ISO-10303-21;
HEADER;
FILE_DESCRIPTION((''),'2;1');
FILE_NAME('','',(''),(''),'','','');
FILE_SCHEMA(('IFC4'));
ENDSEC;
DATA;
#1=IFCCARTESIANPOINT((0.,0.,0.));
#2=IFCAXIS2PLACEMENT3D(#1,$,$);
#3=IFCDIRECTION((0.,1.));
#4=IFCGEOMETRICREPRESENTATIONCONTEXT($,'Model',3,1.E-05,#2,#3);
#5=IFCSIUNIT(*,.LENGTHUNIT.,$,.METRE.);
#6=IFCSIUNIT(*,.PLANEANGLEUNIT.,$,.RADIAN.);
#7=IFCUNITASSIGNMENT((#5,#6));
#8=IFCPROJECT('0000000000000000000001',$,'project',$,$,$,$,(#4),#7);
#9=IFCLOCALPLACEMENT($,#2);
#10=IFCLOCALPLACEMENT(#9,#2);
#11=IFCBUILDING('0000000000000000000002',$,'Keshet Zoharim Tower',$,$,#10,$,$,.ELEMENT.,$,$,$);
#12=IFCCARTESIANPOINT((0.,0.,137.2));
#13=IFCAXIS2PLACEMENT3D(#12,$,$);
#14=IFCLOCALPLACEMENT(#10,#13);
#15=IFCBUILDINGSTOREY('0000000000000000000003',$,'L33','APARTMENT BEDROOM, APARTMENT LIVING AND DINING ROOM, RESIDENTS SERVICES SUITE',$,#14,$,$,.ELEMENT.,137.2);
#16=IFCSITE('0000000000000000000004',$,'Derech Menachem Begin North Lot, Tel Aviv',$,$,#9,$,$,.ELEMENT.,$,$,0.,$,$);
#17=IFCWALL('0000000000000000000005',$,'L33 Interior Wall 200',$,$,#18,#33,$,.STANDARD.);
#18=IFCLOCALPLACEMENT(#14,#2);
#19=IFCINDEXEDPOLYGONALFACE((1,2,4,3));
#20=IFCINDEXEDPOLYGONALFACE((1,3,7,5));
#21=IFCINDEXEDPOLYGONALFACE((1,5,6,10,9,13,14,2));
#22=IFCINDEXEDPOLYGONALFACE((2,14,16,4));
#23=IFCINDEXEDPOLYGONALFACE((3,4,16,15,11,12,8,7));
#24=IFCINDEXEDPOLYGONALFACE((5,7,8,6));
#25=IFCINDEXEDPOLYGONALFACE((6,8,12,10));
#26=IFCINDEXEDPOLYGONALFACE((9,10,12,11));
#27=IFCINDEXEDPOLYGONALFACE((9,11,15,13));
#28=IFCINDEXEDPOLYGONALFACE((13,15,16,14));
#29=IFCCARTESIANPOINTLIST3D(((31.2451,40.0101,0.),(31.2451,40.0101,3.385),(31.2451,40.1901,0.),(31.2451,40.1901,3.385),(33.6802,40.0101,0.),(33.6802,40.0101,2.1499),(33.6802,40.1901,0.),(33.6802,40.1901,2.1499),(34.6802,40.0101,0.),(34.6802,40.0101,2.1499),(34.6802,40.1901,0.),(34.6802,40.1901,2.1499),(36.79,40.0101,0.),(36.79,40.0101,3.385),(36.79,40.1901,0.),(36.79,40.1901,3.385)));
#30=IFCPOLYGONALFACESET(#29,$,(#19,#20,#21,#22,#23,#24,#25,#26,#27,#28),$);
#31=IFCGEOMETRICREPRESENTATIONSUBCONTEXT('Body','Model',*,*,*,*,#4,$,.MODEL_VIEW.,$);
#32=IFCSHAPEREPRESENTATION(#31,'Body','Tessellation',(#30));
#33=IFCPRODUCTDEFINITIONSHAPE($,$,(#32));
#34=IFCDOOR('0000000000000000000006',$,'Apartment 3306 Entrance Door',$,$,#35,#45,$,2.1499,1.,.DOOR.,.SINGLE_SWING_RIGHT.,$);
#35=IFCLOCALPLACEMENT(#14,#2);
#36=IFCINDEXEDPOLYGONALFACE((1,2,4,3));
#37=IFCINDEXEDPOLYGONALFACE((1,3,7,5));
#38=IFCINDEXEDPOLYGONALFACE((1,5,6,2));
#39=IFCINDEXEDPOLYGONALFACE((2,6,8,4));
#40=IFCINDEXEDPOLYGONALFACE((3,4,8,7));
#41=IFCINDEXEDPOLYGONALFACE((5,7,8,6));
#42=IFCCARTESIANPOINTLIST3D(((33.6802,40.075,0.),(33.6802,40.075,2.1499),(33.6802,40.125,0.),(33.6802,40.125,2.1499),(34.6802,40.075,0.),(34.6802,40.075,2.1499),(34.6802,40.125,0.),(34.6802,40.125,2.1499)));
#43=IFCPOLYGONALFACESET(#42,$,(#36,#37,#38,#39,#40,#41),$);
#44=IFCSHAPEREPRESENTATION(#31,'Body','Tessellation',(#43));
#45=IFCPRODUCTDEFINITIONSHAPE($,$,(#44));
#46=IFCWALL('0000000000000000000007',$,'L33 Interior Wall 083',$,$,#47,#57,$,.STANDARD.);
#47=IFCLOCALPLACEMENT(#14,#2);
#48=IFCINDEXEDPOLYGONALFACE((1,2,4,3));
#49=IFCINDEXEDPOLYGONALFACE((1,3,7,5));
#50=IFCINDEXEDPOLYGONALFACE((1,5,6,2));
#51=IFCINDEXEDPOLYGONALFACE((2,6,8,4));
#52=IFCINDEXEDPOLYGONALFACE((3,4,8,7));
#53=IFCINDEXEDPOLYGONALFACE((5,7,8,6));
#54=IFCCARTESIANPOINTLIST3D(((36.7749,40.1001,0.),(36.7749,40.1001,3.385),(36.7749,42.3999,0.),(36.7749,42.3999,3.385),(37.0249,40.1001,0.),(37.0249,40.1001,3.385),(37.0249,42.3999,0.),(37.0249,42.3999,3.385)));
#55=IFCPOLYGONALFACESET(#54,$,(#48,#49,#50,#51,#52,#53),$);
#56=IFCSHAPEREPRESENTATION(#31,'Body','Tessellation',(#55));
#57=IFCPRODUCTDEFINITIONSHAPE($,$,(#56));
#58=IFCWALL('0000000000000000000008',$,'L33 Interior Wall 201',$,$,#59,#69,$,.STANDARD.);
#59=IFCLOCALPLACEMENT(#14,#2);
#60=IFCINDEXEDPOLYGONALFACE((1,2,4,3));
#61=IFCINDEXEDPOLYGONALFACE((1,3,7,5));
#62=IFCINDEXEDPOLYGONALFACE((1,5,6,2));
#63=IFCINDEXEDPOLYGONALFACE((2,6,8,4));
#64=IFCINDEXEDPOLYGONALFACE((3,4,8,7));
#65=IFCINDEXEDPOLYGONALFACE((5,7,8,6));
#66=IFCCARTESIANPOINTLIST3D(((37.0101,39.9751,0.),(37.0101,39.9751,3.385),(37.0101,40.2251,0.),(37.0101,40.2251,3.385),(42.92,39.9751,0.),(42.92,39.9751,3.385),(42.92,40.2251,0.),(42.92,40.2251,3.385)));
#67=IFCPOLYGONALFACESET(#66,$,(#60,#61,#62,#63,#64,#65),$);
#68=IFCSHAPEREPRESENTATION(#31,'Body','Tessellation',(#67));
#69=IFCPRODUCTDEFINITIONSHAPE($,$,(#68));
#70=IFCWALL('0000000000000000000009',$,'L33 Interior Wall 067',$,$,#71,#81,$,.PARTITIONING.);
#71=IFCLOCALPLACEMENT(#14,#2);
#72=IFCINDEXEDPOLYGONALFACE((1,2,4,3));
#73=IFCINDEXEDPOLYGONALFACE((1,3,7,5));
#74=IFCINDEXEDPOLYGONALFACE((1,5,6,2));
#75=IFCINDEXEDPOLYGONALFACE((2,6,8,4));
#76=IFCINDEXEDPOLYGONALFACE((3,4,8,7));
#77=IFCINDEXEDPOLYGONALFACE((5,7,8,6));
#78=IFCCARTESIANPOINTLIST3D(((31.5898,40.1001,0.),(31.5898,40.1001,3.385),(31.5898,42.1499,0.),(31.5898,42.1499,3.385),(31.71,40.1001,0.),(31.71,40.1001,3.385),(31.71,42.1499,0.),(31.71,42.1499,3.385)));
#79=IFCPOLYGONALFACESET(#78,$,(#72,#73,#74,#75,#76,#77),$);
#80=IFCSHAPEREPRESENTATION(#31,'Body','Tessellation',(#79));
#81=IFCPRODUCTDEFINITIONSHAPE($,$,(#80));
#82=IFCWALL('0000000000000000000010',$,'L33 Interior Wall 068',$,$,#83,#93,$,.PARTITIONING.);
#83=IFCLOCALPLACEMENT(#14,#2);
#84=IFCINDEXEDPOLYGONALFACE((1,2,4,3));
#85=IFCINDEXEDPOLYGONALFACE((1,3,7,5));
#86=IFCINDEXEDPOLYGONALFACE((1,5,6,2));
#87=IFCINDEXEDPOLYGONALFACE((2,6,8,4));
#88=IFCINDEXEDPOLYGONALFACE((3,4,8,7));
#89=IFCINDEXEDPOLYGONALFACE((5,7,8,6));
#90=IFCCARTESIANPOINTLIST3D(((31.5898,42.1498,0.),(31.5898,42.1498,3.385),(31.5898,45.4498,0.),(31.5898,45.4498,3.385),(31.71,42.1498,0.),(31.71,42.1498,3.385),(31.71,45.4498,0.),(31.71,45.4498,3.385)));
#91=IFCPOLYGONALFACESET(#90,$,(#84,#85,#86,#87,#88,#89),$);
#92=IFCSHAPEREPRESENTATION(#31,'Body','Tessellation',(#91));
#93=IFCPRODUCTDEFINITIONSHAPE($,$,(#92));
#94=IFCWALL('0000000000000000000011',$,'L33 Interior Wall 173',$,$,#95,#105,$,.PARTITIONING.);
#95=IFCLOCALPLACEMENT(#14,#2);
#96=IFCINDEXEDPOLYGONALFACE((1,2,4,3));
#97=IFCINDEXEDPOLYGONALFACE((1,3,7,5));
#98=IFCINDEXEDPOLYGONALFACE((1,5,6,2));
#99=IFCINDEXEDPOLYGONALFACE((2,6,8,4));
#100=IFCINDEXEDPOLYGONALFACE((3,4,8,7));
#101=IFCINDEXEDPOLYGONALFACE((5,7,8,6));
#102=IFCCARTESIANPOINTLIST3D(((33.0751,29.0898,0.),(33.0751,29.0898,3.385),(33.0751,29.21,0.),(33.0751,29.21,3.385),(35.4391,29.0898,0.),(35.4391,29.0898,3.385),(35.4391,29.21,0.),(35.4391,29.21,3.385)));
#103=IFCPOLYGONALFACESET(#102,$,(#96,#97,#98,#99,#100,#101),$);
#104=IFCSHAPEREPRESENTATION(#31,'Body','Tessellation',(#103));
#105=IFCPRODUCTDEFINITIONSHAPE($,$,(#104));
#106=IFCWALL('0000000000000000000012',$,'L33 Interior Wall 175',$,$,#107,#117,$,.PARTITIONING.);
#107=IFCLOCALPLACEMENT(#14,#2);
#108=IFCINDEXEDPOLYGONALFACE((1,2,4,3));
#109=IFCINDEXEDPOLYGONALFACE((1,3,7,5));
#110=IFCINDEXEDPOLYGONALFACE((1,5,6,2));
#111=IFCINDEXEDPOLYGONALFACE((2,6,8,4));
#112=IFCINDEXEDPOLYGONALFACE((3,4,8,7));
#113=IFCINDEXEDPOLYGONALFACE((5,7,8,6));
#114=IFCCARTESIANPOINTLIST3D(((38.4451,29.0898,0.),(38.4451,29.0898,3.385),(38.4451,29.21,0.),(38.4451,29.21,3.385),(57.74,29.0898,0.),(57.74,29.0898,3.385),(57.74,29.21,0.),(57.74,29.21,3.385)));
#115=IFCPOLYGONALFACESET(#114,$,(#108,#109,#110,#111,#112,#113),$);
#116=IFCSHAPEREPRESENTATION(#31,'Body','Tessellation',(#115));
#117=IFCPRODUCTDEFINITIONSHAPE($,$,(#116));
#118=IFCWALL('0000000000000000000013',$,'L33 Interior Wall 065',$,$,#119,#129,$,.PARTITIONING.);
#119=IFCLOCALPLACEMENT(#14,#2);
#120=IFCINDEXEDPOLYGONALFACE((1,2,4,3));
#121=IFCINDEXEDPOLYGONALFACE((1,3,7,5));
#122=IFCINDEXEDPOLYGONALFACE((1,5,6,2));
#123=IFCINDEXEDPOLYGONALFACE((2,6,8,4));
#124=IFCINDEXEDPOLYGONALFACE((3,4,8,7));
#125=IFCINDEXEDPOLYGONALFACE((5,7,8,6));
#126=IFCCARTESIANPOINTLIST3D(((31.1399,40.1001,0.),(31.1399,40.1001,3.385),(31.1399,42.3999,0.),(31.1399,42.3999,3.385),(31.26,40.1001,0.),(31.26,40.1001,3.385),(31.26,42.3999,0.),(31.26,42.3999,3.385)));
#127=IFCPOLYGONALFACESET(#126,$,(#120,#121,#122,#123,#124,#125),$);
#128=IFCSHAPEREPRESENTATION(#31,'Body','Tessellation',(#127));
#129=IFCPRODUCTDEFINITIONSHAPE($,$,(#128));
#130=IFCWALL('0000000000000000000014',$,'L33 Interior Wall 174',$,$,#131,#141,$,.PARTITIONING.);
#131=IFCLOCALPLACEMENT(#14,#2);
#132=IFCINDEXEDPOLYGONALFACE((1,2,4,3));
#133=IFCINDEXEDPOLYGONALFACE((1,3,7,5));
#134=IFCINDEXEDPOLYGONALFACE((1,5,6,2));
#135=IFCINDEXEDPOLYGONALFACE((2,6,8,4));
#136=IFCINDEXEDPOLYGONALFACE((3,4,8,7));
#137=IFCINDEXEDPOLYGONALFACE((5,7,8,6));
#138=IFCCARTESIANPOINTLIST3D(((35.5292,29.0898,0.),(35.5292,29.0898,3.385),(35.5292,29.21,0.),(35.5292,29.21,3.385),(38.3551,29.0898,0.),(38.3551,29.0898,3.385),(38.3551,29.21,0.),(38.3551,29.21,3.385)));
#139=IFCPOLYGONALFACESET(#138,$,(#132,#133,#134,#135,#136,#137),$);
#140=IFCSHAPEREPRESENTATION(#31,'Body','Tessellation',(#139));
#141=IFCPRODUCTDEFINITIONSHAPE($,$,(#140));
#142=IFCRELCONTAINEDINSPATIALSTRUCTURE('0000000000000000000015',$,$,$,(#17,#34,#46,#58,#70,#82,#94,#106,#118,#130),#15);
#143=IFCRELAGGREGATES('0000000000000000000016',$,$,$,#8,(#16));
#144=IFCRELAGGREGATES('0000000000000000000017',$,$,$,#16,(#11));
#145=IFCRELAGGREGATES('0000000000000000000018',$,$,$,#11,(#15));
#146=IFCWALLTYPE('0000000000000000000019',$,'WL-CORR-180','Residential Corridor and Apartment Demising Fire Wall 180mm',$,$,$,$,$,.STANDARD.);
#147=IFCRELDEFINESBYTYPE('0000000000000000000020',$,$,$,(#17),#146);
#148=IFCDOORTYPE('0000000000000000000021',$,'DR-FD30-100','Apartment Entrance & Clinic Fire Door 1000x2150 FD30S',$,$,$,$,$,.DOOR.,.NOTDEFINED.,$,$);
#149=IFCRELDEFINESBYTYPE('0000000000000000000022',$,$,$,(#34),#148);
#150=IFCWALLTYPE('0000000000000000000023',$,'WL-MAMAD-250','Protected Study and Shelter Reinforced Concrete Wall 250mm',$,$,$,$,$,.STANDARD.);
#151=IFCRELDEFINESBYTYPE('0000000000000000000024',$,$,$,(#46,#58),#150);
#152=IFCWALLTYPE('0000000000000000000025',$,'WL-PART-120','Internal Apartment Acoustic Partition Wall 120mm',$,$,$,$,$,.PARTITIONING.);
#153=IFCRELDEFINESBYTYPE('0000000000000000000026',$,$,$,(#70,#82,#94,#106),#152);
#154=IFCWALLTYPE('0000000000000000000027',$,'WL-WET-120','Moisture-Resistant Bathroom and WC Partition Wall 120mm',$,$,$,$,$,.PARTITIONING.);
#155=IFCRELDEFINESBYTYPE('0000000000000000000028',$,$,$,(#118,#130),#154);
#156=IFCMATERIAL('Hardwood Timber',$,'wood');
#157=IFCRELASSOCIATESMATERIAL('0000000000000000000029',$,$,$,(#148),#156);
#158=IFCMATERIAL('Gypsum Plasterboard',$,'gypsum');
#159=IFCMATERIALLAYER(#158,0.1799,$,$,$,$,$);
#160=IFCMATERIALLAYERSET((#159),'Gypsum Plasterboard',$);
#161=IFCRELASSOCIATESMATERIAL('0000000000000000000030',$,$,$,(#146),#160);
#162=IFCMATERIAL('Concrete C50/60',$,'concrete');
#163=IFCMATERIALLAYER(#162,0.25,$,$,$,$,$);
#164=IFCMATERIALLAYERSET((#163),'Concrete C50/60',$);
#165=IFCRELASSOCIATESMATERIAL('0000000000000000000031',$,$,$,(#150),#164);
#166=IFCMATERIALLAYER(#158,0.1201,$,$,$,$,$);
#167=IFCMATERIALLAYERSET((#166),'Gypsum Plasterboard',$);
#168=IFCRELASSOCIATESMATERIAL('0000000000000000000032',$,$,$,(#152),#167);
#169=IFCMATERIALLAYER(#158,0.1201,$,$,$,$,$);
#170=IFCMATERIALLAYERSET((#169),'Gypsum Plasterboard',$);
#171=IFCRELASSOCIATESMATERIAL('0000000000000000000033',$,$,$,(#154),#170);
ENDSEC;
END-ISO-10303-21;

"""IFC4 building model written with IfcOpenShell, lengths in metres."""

from ifc_helpers import new_model, si_unit, direction, frame, frame_2d, origin, place, context, subcontext, project, spatial, rectangle, extrude, material, layer, layer_set, type_object, element, fill, save


model = new_model("IFC4")

# Units and contexts
model_context = context("Model", 3, precision=1e-05, world=origin(), true_north=direction((0.0, 1.0)))
body_context = subcontext(model_context, "Body", "Model", "MODEL_VIEW")
ifc_project = project(units=[si_unit("LENGTHUNIT", "METRE"), si_unit("PLANEANGLEUNIT", "RADIAN")], contexts=[model_context])

# Site, building, storey
site_placement = place(None, origin())
site = spatial("IfcSite", under=ifc_project, at=site_placement, Name="Derech Menachem Begin North Lot, Tel Aviv", CompositionType="ELEMENT", RefElevation=0.0)
building_placement = place(site_placement, origin())
building = spatial("IfcBuilding", under=site, at=building_placement, Name="Keshet Zoharim Tower", CompositionType="ELEMENT")
storey_placement = place(building_placement, frame((0.0, 0.0, 137.2)))
storey = spatial("IfcBuildingStorey", under=building, at=storey_placement, Name="L33", Description="APARTMENT BEDROOM, APARTMENT LIVING AND DINING ROOM, RESIDENTS SERVICES SUITE", CompositionType="ELEMENT", Elevation=137.2)

# Shared definitions
ifc_material_1 = material(Name="Gypsum Plasterboard", Category="gypsum")

# Wall, opening, door
ifc_material_2 = material(Name="Hardwood Timber", Category="wood")
door_type_1 = type_object("IfcDoorType", Name="DR-FD30-100", Description="Apartment Entrance & Clinic Fire Door 1000x2150 FD30S", OperationType="NOTDEFINED", PredefinedType="DOOR", material=ifc_material_2)
ifc_layer_1 = layer(ifc_material_1, 0.1799)
ifc_layer_set_1 = layer_set([ifc_layer_1], Name="Gypsum Plasterboard")
wall_type_1 = type_object("IfcWallType", Name="WL-CORR-180", Description="Residential Corridor and Apartment Demising Fire Wall 180mm", PredefinedType="STANDARD", material=ifc_layer_set_1)
wall_1_placement = place(storey_placement, frame((31.2451, 40.1001, 0.0), z_axis=(0.0, 0.0, 1.0), x_axis=(1.0, 0.0, 0.0)))
wall_1 = element("IfcWall", 1, at=wall_1_placement, inside=storey, type_object=wall_type_1, Name="L33 Interior Wall 200", PredefinedType="STANDARD", context=body_context, shape_type="SweptSolid", body=[
    extrude(rectangle(XDim=5.5449, YDim=0.1799, at=frame_2d((2.7725, 0.0))), origin(), (0.0, 0.0, 1.0), 3.385),
])
opening_1_placement = place(wall_1_placement, frame((2.4351, 0.0, 0.0)))
opening_1 = element("IfcOpeningElement", 2, at=opening_1_placement, cuts=wall_1, PredefinedType="OPENING", context=body_context, shape_type="SweptSolid", body=[
    extrude(rectangle(XDim=1.0, YDim=2.1499, at=frame_2d((0.5, 1.075))), frame((0.0, 0.1001, 0.0), z_axis=(0.0, -1.0, 0.0), x_axis=(1.0, 0.0, 0.0)), (0.0, 0.0, 1.0), 0.2),
])
door_1_placement = place(opening_1_placement, origin())
door_1 = element("IfcDoor", 3, at=door_1_placement, inside=storey, type_object=door_type_1, Name="Apartment 3306 Entrance Door", OperationType="SINGLE_SWING_RIGHT", OverallHeight=2.1499, OverallWidth=1.0, PredefinedType="DOOR", context=body_context, shape_type="SweptSolid", body=[
    extrude(rectangle(XDim=1.0, YDim=2.1499, at=frame_2d((0.5, 1.075))), frame((0.0, 0.0249, 0.0), z_axis=(0.0, -1.0, 0.0), x_axis=(1.0, 0.0, 0.0)), (0.0, 0.0, 1.0), 0.05),
])
fill(opening_1, door_1)

# Walls
ifc_material_3 = material(Name="Concrete C50/60", Category="concrete")
ifc_layer_2 = layer(ifc_material_3, 0.25)
ifc_layer_set_2 = layer_set([ifc_layer_2], Name="Concrete C50/60")
wall_type_2 = type_object("IfcWallType", Name="WL-MAMAD-250", Description="Protected Study and Shelter Reinforced Concrete Wall 250mm", PredefinedType="STANDARD", material=ifc_layer_set_2)
wall_2_placement = place(storey_placement, frame((36.8999, 40.1001, 0.0), z_axis=(0.0, 0.0, 1.0), x_axis=(0.0, 1.0, 0.0)))
element("IfcWall", 4, at=wall_2_placement, inside=storey, type_object=wall_type_2, Name="L33 Interior Wall 083", PredefinedType="STANDARD", context=body_context, shape_type="SweptSolid", body=[
    extrude(rectangle(XDim=2.2998, YDim=0.25, at=frame_2d((1.1499, 0.0))), origin(), (0.0, 0.0, 1.0), 3.385),
])
wall_3_placement = place(storey_placement, frame((37.01, 40.1001, 0.0), z_axis=(0.0, 0.0, 1.0), x_axis=(1.0, 0.0, 0.0)))
element("IfcWall", 5, at=wall_3_placement, inside=storey, type_object=wall_type_2, Name="L33 Interior Wall 201", PredefinedType="STANDARD", context=body_context, shape_type="SweptSolid", body=[
    extrude(rectangle(XDim=5.9099, YDim=0.25, at=frame_2d((2.9551, 0.0))), origin(), (0.0, 0.0, 1.0), 3.385),
])
ifc_layer_3 = layer(ifc_material_1, 0.1201)
ifc_layer_set_3 = layer_set([ifc_layer_3], Name="Gypsum Plasterboard")
wall_type_3 = type_object("IfcWallType", Name="WL-PART-120", Description="Internal Apartment Acoustic Partition Wall 120mm", PredefinedType="PARTITIONING", material=ifc_layer_set_3)
wall_4_placement = place(storey_placement, frame((31.6499, 40.1001, 0.0), z_axis=(0.0, 0.0, 1.0), x_axis=(0.0, 1.0, 0.0)))
element("IfcWall", 6, at=wall_4_placement, inside=storey, type_object=wall_type_3, Name="L33 Interior Wall 067", PredefinedType="PARTITIONING", context=body_context, shape_type="SweptSolid", body=[
    extrude(rectangle(XDim=2.0498, YDim=0.1201, at=frame_2d((1.0249, 0.0))), origin(), (0.0, 0.0, 1.0), 3.385),
])
wall_5_placement = place(storey_placement, frame((31.6499, 42.1499, 0.0), z_axis=(0.0, 0.0, 1.0), x_axis=(0.0, 1.0, 0.0)))
element("IfcWall", 7, at=wall_5_placement, inside=storey, type_object=wall_type_3, Name="L33 Interior Wall 068", PredefinedType="PARTITIONING", context=body_context, shape_type="SweptSolid", body=[
    extrude(rectangle(XDim=3.3, YDim=0.1201, at=frame_2d((1.6499, 0.0))), origin(), (0.0, 0.0, 1.0), 3.385),
])
wall_6_placement = place(storey_placement, frame((33.075, 29.1499, 0.0), z_axis=(0.0, 0.0, 1.0), x_axis=(1.0, 0.0, 0.0)))
element("IfcWall", 8, at=wall_6_placement, inside=storey, type_object=wall_type_3, Name="L33 Interior Wall 173", PredefinedType="PARTITIONING", context=body_context, shape_type="SweptSolid", body=[
    extrude(rectangle(XDim=2.364, YDim=0.1201, at=frame_2d((1.1821, 0.0))), origin(), (0.0, 0.0, 1.0), 3.385),
])
wall_7_placement = place(storey_placement, frame((38.4451, 29.1499, 0.0), z_axis=(0.0, 0.0, 1.0), x_axis=(1.0, 0.0, 0.0)))
element("IfcWall", 9, at=wall_7_placement, inside=storey, type_object=wall_type_3, Name="L33 Interior Wall 175", PredefinedType="PARTITIONING", context=body_context, shape_type="SweptSolid", body=[
    extrude(rectangle(XDim=19.2949, YDim=0.1201, at=frame_2d((9.6475, 0.0))), origin(), (0.0, 0.0, 1.0), 3.385),
])
ifc_layer_4 = layer(ifc_material_1, 0.1201)
ifc_layer_set_4 = layer_set([ifc_layer_4], Name="Gypsum Plasterboard")
wall_type_4 = type_object("IfcWallType", Name="WL-WET-120", Description="Moisture-Resistant Bathroom and WC Partition Wall 120mm", PredefinedType="PARTITIONING", material=ifc_layer_set_4)
wall_8_placement = place(storey_placement, frame((31.2, 40.1001, 0.0), z_axis=(0.0, 0.0, 1.0), x_axis=(0.0, 1.0, 0.0)))
element("IfcWall", 10, at=wall_8_placement, inside=storey, type_object=wall_type_4, Name="L33 Interior Wall 065", PredefinedType="PARTITIONING", context=body_context, shape_type="SweptSolid", body=[
    extrude(rectangle(XDim=2.2998, YDim=0.1201, at=frame_2d((1.1499, 0.0))), origin(), (0.0, 0.0, 1.0), 3.385),
])
wall_9_placement = place(storey_placement, frame((35.5291, 29.1499, 0.0), z_axis=(0.0, 0.0, 1.0), x_axis=(1.0, 0.0, 0.0)))
element("IfcWall", 11, at=wall_9_placement, inside=storey, type_object=wall_type_4, Name="L33 Interior Wall 174", PredefinedType="PARTITIONING", context=body_context, shape_type="SweptSolid", body=[
    extrude(rectangle(XDim=2.8259, YDim=0.1201, at=frame_2d((1.4131, 0.0))), origin(), (0.0, 0.0, 1.0), 3.385),
])

save(model, "model.ifc")
